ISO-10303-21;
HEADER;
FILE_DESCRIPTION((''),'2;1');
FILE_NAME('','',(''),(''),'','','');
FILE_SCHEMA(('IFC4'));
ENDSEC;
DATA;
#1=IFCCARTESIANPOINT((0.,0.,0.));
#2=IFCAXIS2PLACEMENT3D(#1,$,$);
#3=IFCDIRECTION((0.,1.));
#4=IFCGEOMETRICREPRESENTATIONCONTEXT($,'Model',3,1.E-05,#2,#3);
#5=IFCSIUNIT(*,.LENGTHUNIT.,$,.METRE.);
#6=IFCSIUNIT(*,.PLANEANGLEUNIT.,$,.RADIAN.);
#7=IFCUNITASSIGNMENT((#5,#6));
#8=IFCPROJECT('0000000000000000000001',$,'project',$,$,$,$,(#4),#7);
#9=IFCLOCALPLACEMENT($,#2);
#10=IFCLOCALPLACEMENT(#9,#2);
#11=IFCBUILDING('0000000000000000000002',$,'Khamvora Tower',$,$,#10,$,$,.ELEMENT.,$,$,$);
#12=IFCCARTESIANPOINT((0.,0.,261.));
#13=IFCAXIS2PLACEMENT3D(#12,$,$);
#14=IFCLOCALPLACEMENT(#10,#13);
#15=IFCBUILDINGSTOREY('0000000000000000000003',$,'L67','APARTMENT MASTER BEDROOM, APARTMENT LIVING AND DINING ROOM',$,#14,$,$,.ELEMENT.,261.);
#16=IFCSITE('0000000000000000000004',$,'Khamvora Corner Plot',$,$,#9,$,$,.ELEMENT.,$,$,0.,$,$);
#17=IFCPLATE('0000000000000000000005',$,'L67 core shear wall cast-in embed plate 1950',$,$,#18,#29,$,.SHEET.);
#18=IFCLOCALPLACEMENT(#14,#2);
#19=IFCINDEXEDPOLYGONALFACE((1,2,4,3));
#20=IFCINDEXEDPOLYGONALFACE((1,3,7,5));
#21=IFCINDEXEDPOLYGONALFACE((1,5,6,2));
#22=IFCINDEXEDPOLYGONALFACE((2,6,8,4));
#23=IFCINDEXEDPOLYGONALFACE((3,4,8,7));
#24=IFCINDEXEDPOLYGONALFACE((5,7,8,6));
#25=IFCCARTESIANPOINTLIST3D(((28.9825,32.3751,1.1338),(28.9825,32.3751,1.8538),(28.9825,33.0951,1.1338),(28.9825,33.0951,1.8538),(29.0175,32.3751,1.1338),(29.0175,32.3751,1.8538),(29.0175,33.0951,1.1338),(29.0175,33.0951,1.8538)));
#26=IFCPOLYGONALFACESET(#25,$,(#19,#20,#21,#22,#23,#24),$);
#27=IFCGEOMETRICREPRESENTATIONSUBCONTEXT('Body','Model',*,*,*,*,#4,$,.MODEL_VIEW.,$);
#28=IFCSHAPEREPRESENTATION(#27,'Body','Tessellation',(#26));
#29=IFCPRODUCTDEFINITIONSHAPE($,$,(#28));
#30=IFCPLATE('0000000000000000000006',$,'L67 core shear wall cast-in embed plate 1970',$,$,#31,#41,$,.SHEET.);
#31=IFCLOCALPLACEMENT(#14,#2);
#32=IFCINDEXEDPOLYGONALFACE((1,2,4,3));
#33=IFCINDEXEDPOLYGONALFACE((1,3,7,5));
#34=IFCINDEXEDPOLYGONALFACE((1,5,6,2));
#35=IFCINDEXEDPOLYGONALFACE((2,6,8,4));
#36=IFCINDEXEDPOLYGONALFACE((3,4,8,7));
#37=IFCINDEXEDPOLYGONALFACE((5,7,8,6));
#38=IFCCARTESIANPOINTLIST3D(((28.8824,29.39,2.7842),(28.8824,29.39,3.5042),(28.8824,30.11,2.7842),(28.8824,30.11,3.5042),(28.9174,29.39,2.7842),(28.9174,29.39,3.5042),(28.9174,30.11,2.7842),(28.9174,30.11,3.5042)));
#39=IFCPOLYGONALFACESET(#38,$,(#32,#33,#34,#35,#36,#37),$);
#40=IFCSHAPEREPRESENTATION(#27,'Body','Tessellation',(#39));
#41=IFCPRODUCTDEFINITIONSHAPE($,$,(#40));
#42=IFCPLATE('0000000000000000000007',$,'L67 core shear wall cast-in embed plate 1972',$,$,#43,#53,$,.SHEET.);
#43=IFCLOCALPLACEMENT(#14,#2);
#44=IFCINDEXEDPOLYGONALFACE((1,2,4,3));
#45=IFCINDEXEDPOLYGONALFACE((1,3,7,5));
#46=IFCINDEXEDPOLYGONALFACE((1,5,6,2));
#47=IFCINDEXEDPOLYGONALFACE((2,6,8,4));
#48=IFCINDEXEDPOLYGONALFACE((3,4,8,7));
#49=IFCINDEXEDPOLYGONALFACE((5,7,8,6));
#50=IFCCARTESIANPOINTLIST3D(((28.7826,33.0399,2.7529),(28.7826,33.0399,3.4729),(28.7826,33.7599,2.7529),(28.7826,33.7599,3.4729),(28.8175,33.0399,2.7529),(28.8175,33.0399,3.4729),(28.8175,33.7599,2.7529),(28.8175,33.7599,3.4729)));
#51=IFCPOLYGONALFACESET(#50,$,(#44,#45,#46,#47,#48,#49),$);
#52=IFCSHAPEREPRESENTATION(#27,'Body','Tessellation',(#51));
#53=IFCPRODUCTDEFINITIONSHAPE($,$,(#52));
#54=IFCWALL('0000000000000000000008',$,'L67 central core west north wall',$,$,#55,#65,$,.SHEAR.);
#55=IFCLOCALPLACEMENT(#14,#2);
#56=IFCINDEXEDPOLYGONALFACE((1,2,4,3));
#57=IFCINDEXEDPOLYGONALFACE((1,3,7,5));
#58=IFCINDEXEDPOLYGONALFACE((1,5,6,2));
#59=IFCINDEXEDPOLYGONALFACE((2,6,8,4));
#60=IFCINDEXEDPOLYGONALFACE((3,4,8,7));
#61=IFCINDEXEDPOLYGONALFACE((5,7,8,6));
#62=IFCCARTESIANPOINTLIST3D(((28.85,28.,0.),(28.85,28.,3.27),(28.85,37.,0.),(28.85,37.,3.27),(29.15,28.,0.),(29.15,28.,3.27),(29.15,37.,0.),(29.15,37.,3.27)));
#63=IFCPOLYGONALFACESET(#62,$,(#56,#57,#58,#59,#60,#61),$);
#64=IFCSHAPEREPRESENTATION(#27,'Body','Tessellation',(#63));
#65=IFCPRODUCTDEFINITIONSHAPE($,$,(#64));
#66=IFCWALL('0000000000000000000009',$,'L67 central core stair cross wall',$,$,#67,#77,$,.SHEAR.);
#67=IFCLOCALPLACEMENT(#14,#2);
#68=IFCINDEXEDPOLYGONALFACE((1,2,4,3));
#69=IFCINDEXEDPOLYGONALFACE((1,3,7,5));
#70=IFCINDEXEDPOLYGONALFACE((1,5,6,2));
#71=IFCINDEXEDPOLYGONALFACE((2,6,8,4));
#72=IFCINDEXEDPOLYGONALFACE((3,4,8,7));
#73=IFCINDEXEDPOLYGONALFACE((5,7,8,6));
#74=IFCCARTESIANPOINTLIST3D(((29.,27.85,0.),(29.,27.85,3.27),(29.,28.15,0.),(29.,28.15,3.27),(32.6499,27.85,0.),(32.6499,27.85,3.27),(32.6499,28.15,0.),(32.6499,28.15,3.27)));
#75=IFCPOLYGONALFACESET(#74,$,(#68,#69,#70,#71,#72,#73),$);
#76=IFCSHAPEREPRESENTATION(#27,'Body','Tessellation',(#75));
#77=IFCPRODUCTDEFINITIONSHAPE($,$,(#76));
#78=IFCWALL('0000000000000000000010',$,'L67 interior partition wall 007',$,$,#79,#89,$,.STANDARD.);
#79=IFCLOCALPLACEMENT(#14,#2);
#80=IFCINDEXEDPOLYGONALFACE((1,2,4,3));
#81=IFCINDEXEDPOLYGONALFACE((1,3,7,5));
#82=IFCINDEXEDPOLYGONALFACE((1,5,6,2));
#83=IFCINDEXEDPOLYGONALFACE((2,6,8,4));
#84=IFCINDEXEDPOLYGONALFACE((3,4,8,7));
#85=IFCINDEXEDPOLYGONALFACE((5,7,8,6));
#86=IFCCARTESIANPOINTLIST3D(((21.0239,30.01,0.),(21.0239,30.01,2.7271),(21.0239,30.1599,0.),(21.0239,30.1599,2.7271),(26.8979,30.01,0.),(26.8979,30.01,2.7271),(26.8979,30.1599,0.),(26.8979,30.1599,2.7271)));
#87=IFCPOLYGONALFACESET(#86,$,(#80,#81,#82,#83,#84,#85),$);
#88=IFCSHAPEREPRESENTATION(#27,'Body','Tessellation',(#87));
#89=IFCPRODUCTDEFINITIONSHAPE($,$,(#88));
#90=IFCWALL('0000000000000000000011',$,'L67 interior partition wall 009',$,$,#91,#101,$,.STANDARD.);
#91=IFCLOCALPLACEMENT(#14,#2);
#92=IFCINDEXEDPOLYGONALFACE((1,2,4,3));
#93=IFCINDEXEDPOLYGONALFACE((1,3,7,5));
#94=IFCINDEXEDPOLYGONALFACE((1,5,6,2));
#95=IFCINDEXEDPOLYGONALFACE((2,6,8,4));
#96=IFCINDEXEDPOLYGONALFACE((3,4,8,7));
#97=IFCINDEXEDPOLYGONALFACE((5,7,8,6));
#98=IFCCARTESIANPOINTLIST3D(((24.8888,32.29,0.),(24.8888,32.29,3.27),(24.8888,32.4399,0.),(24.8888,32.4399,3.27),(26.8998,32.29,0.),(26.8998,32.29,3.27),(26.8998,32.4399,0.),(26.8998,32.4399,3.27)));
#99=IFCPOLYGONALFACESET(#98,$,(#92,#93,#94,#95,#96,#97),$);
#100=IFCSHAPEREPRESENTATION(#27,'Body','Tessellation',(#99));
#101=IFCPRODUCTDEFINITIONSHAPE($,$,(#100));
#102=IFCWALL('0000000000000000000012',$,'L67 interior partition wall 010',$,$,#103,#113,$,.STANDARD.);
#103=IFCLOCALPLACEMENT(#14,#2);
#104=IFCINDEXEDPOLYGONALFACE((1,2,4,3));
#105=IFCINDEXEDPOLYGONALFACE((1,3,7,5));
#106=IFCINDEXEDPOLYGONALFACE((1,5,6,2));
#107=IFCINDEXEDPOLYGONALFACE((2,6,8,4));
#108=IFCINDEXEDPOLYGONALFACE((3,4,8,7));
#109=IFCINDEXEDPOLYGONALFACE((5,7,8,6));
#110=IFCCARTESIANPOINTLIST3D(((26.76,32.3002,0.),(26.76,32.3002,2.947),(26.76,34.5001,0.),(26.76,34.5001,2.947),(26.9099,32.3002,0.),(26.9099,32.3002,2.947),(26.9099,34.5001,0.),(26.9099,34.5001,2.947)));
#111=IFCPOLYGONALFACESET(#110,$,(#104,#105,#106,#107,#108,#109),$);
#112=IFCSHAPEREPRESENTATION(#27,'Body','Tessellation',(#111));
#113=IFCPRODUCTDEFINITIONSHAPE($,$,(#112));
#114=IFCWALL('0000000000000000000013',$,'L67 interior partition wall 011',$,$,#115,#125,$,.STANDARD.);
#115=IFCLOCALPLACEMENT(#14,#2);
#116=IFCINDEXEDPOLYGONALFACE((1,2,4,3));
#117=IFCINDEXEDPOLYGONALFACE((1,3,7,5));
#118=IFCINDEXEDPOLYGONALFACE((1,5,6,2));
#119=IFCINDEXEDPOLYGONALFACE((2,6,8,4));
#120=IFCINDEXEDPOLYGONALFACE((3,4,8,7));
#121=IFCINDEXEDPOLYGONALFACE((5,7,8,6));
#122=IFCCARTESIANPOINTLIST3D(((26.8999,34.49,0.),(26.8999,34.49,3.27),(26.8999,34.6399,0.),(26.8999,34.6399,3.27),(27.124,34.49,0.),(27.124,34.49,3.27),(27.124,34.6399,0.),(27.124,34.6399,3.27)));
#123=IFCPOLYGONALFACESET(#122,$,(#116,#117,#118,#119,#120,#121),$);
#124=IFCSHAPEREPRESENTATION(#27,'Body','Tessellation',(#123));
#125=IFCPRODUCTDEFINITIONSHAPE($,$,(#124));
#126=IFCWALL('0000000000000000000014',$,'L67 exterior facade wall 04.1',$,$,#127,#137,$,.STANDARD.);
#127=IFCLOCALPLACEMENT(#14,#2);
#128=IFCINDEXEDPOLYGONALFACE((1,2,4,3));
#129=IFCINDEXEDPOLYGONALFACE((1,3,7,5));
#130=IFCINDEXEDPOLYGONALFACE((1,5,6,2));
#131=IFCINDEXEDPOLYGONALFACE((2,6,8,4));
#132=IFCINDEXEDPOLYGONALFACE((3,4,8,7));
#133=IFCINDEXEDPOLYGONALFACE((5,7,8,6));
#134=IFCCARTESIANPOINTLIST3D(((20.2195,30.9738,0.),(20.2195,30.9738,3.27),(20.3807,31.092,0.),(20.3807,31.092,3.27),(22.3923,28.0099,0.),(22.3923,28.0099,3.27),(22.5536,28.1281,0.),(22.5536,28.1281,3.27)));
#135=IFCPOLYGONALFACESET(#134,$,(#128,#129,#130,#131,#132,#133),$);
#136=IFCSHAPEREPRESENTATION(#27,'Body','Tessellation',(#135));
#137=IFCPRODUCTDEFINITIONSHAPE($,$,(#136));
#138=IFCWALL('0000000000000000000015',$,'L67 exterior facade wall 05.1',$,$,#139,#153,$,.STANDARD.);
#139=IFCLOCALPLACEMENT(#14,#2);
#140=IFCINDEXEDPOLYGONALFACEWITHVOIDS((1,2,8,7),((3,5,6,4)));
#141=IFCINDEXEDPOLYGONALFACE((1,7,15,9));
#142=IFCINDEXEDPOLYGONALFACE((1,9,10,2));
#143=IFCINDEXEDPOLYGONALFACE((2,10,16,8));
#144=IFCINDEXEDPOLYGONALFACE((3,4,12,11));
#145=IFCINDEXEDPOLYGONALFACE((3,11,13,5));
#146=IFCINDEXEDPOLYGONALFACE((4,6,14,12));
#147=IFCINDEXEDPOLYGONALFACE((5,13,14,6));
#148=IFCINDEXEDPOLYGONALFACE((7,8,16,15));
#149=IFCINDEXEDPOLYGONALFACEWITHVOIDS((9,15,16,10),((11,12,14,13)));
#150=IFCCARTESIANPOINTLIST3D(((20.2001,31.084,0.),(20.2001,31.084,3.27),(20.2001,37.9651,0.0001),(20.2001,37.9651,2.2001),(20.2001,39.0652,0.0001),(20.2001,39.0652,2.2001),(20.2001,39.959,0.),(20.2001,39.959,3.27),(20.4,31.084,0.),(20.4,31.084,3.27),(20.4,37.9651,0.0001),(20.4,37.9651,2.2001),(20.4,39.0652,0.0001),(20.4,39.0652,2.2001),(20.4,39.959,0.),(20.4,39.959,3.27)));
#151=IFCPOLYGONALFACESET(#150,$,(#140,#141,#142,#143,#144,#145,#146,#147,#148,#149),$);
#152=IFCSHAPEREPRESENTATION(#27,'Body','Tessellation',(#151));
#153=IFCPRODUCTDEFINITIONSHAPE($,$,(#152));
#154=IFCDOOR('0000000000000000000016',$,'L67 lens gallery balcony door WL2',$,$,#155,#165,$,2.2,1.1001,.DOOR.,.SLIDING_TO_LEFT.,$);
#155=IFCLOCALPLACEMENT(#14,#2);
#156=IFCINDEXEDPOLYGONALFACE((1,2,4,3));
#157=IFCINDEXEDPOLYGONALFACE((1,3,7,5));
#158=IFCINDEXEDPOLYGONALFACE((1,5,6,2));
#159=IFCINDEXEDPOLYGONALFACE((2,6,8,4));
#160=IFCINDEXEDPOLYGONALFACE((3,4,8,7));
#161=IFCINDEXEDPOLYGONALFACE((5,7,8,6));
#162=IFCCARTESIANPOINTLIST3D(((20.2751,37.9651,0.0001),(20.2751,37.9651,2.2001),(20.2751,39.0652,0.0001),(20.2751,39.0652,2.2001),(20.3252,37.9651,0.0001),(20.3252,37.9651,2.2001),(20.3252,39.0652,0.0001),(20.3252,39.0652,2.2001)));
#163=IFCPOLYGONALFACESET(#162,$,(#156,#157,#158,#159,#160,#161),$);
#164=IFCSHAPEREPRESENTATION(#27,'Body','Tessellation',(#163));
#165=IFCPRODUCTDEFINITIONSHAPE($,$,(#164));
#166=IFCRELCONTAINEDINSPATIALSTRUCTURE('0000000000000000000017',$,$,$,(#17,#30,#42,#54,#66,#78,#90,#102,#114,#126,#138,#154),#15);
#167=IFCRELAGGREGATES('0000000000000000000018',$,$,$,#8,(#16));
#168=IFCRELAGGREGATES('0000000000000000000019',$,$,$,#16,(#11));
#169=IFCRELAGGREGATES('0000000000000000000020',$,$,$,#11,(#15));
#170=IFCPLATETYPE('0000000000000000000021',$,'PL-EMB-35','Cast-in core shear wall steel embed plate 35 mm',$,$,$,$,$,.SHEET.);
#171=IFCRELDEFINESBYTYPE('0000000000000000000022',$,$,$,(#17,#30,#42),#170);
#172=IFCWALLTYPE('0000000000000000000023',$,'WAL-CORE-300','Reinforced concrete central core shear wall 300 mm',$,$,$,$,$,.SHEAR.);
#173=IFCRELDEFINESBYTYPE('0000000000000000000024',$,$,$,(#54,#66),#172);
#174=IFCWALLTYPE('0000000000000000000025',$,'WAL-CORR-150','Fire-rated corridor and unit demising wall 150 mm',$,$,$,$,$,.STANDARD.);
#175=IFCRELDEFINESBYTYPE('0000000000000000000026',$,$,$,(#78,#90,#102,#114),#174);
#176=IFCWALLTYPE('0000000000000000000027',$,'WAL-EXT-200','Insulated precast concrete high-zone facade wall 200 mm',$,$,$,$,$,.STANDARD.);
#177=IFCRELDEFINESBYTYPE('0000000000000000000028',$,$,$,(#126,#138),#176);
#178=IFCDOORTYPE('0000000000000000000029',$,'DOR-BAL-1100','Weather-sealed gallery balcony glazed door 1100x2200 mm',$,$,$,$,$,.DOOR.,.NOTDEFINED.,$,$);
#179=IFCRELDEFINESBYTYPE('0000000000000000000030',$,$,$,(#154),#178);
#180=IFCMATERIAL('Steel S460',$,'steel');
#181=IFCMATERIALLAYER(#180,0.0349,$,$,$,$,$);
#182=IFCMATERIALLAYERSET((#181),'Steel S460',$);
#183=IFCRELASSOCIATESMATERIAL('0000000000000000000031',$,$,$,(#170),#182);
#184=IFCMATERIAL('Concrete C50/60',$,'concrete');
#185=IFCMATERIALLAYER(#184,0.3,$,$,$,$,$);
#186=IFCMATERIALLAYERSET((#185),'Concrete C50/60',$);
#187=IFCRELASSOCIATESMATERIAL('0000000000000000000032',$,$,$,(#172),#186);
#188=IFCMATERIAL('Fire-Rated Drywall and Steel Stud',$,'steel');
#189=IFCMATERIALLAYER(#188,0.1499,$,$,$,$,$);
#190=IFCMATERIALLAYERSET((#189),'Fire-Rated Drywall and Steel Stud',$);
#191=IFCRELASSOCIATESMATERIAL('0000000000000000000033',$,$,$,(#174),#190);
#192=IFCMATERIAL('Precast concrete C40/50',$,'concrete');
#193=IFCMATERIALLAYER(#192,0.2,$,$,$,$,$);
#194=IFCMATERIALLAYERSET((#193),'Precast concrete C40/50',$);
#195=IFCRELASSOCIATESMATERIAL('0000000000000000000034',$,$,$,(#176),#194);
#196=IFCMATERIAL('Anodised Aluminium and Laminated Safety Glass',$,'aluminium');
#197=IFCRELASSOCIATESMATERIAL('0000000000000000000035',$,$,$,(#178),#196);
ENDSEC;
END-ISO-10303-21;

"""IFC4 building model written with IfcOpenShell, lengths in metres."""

from ifc_helpers import new_model, si_unit, direction, frame, frame_2d, origin, origin_2d, place, context, subcontext, project, spatial, rectangle, extrude, material, layer, layer_set, type_object, element, fill, save


model = new_model("IFC4")

# Units and contexts
model_context = context("Model", 3, precision=1e-05, world=origin(), true_north=direction((0.0, 1.0)))
body_context = subcontext(model_context, "Body", "Model", "MODEL_VIEW")
ifc_project = project(units=[si_unit("LENGTHUNIT", "METRE"), si_unit("PLANEANGLEUNIT", "RADIAN")], contexts=[model_context])

# Site, building, storey
site_placement = place(None, origin())
site = spatial("IfcSite", under=ifc_project, at=site_placement, Name="Khamvora Corner Plot", CompositionType="ELEMENT", RefElevation=0.0)
building_placement = place(site_placement, origin())
building = spatial("IfcBuilding", under=site, at=building_placement, Name="Khamvora Tower", CompositionType="ELEMENT")
storey_placement = place(building_placement, frame((0.0, 0.0, 261.0)))
storey = spatial("IfcBuildingStorey", under=building, at=storey_placement, Name="L67", Description="APARTMENT MASTER BEDROOM, APARTMENT LIVING AND DINING ROOM", CompositionType="ELEMENT", Elevation=261.0)

# Plates
ifc_material_1 = material(Name="Steel S460", Category="steel")
ifc_layer_1 = layer(ifc_material_1, 0.0349)
ifc_layer_set_1 = layer_set([ifc_layer_1], Name="Steel S460")
plate_type = type_object("IfcPlateType", Name="PL-EMB-35", Description="Cast-in core shear wall steel embed plate 35 mm", PredefinedType="SHEET", material=ifc_layer_set_1)
for number, where, z_axis, x_axis, name in (
    (1, (29.0, 32.7351, 1.1338), (0.0, 0.0, 1.0), (1.0, 0.0, 0.0), "L67 core shear wall cast-in embed plate 1950"),
    (2, (28.8999, 29.75, 2.7842), (0.0, 0.0, 1.0), (1.0, 0.0, 0.0), "L67 core shear wall cast-in embed plate 1970"),
    (3, (28.8, 33.3999, 2.7529), (0.0, 0.0, 1.0), (1.0, 0.0, 0.0), "L67 core shear wall cast-in embed plate 1972"),
):
    element("IfcPlate", number, at=place(storey_placement, frame(where, z_axis=z_axis, x_axis=x_axis)), inside=storey, type_object=plate_type, Name=name, PredefinedType="SHEET", context=body_context, shape_type="SweptSolid", body=[
        extrude(rectangle(XDim=0.0349, YDim=0.72, at=origin_2d()), origin(), (0.0, 0.0, 1.0), 0.72),
    ])

# Walls
ifc_material_2 = material(Name="Concrete C50/60", Category="concrete")
ifc_layer_2 = layer(ifc_material_2, 0.3)
ifc_layer_set_2 = layer_set([ifc_layer_2], Name="Concrete C50/60")
wall_type_1 = type_object("IfcWallType", Name="WAL-CORE-300", Description="Reinforced concrete central core shear wall 300 mm", PredefinedType="SHEAR", material=ifc_layer_set_2)
wall_1_placement = place(storey_placement, frame((29.0, 28.0, 0.0), z_axis=(0.0, 0.0, 1.0), x_axis=(0.0, 1.0, 0.0)))
element("IfcWall", 4, at=wall_1_placement, inside=storey, type_object=wall_type_1, Name="L67 central core west north wall", PredefinedType="SHEAR", context=body_context, shape_type="SweptSolid", body=[
    extrude(rectangle(XDim=9.0, YDim=0.3, at=frame_2d((4.5, 0.0))), origin(), (0.0, 0.0, 1.0), 3.27),
])
wall_2_placement = place(storey_placement, frame((29.0, 28.0, 0.0), z_axis=(0.0, 0.0, 1.0), x_axis=(1.0, 0.0, 0.0)))
element("IfcWall", 5, at=wall_2_placement, inside=storey, type_object=wall_type_1, Name="L67 central core stair cross wall", PredefinedType="SHEAR", context=body_context, shape_type="SweptSolid", body=[
    extrude(rectangle(XDim=3.6499, YDim=0.3, at=frame_2d((1.825, 0.0))), origin(), (0.0, 0.0, 1.0), 3.27),
])
ifc_material_3 = material(Name="Fire-Rated Drywall and Steel Stud", Category="steel")
ifc_layer_3 = layer(ifc_material_3, 0.1499)
ifc_layer_set_3 = layer_set([ifc_layer_3], Name="Fire-Rated Drywall and Steel Stud")
wall_type_2 = type_object("IfcWallType", Name="WAL-CORR-150", Description="Fire-rated corridor and unit demising wall 150 mm", PredefinedType="STANDARD", material=ifc_layer_set_3)
wall_3_placement = place(storey_placement, frame((26.8979, 30.085, 0.0), z_axis=(0.0, 0.0, 1.0), x_axis=(-1.0, 0.0, 0.0)))
element("IfcWall", 6, at=wall_3_placement, inside=storey, type_object=wall_type_2, Name="L67 interior partition wall 007", PredefinedType="STANDARD", context=body_context, shape_type="SweptSolid", body=[
    extrude(rectangle(XDim=5.874, YDim=0.1499, at=frame_2d((2.937, 0.0))), origin(), (0.0, 0.0, 1.0), 2.7271),
])

# Walls
wall_4_placement = place(storey_placement, frame((24.8889, 32.365, 0.0), z_axis=(0.0, 0.0, 1.0), x_axis=(1.0, 0.0, 0.0)))
element("IfcWall", 7, at=wall_4_placement, inside=storey, type_object=wall_type_2, Name="L67 interior partition wall 009", PredefinedType="STANDARD", context=body_context, shape_type="SweptSolid", body=[
    extrude(rectangle(XDim=2.011, YDim=0.1499, at=frame_2d((1.0054, 0.0))), origin(), (0.0, 0.0, 1.0), 3.27),
])
wall_5_placement = place(storey_placement, frame((26.835, 32.3, 0.0), z_axis=(0.0, 0.0, 1.0), x_axis=(0.0, 1.0, 0.0)))
element("IfcWall", 8, at=wall_5_placement, inside=storey, type_object=wall_type_2, Name="L67 interior partition wall 010", PredefinedType="STANDARD", context=body_context, shape_type="SweptSolid", body=[
    extrude(rectangle(XDim=2.2, YDim=0.1499, at=frame_2d((1.1001, 0.0))), origin(), (0.0, 0.0, 1.0), 2.947),
])
wall_6_placement = place(storey_placement, frame((26.8999, 34.5649, 0.0), z_axis=(0.0, 0.0, 1.0), x_axis=(1.0, 0.0, 0.0)))
element("IfcWall", 9, at=wall_6_placement, inside=storey, type_object=wall_type_2, Name="L67 interior partition wall 011", PredefinedType="STANDARD", context=body_context, shape_type="SweptSolid", body=[
    extrude(rectangle(XDim=0.2241, YDim=0.1499, at=frame_2d((0.1121, 0.0))), origin(), (0.0, 0.0, 1.0), 3.27),
])
ifc_material_4 = material(Name="Precast concrete C40/50", Category="concrete")
ifc_layer_4 = layer(ifc_material_4, 0.2)
ifc_layer_set_4 = layer_set([ifc_layer_4], Name="Precast concrete C40/50")
wall_type_3 = type_object("IfcWallType", Name="WAL-EXT-200", Description="Insulated precast concrete high-zone facade wall 200 mm", PredefinedType="STANDARD", material=ifc_layer_set_4)
wall_7_placement = place(storey_placement, frame((22.4729, 28.0691, 0.0), z_axis=(0.0, 0.0, 1.0), x_axis=(-0.591248, 0.806489, 0.0)))
element("IfcWall", 10, at=wall_7_placement, inside=storey, type_object=wall_type_3, Name="L67 exterior facade wall 04.1", PredefinedType="STANDARD", context=body_context, shape_type="SweptSolid", body=[
    extrude(rectangle(XDim=3.675, YDim=0.2, at=frame_2d((1.8374, 0.0))), origin(), (0.0, 0.0, 1.0), 3.27),
])

# Wall, opening, door
wall_8_placement = place(storey_placement, frame((20.3, 31.084, 0.0), z_axis=(0.0, 0.0, 1.0), x_axis=(0.0, 1.0, 0.0)))
wall_8 = element("IfcWall", 11, at=wall_8_placement, inside=storey, type_object=wall_type_3, Name="L67 exterior facade wall 05.1", PredefinedType="STANDARD", context=body_context, shape_type="SweptSolid", body=[
    extrude(rectangle(XDim=8.875, YDim=0.2, at=frame_2d((4.4375, 0.0))), origin(), (0.0, 0.0, 1.0), 3.27),
])
opening_1_placement = place(wall_8_placement, frame((6.8811, 0.0, 0.0)))
opening_1 = element("IfcOpeningElement", 12, at=opening_1_placement, cuts=wall_8, PredefinedType="OPENING", context=body_context, shape_type="SweptSolid", body=[
    extrude(rectangle(XDim=1.1001, YDim=2.2, at=frame_2d((0.55, 1.1001))), frame((0.0, 0.1099, 0.0), z_axis=(0.0, -1.0, 0.0), x_axis=(1.0, 0.0, 0.0)), (0.0, 0.0, 1.0), 0.22),
])
ifc_material_5 = material(Name="Anodised Aluminium and Laminated Safety Glass", Category="aluminium")
door_type_1 = type_object("IfcDoorType", Name="DOR-BAL-1100", Description="Weather-sealed gallery balcony glazed door 1100x2200 mm", OperationType="NOTDEFINED", PredefinedType="DOOR", material=ifc_material_5)
door_1_placement = place(opening_1_placement, origin())
door_1 = element("IfcDoor", 13, at=door_1_placement, inside=storey, type_object=door_type_1, Name="L67 lens gallery balcony door WL2", OperationType="SLIDING_TO_LEFT", OverallHeight=2.2, OverallWidth=1.1001, PredefinedType="DOOR", context=body_context, shape_type="SweptSolid", body=[
    extrude(rectangle(XDim=1.1001, YDim=2.2, at=frame_2d((0.55, 1.1001))), frame((0.0, 0.0249, 0.0), z_axis=(0.0, -1.0, 0.0), x_axis=(1.0, 0.0, 0.0)), (0.0, 0.0, 1.0), 0.05),
])
fill(opening_1, door_1)

save(model, "model.ifc")
